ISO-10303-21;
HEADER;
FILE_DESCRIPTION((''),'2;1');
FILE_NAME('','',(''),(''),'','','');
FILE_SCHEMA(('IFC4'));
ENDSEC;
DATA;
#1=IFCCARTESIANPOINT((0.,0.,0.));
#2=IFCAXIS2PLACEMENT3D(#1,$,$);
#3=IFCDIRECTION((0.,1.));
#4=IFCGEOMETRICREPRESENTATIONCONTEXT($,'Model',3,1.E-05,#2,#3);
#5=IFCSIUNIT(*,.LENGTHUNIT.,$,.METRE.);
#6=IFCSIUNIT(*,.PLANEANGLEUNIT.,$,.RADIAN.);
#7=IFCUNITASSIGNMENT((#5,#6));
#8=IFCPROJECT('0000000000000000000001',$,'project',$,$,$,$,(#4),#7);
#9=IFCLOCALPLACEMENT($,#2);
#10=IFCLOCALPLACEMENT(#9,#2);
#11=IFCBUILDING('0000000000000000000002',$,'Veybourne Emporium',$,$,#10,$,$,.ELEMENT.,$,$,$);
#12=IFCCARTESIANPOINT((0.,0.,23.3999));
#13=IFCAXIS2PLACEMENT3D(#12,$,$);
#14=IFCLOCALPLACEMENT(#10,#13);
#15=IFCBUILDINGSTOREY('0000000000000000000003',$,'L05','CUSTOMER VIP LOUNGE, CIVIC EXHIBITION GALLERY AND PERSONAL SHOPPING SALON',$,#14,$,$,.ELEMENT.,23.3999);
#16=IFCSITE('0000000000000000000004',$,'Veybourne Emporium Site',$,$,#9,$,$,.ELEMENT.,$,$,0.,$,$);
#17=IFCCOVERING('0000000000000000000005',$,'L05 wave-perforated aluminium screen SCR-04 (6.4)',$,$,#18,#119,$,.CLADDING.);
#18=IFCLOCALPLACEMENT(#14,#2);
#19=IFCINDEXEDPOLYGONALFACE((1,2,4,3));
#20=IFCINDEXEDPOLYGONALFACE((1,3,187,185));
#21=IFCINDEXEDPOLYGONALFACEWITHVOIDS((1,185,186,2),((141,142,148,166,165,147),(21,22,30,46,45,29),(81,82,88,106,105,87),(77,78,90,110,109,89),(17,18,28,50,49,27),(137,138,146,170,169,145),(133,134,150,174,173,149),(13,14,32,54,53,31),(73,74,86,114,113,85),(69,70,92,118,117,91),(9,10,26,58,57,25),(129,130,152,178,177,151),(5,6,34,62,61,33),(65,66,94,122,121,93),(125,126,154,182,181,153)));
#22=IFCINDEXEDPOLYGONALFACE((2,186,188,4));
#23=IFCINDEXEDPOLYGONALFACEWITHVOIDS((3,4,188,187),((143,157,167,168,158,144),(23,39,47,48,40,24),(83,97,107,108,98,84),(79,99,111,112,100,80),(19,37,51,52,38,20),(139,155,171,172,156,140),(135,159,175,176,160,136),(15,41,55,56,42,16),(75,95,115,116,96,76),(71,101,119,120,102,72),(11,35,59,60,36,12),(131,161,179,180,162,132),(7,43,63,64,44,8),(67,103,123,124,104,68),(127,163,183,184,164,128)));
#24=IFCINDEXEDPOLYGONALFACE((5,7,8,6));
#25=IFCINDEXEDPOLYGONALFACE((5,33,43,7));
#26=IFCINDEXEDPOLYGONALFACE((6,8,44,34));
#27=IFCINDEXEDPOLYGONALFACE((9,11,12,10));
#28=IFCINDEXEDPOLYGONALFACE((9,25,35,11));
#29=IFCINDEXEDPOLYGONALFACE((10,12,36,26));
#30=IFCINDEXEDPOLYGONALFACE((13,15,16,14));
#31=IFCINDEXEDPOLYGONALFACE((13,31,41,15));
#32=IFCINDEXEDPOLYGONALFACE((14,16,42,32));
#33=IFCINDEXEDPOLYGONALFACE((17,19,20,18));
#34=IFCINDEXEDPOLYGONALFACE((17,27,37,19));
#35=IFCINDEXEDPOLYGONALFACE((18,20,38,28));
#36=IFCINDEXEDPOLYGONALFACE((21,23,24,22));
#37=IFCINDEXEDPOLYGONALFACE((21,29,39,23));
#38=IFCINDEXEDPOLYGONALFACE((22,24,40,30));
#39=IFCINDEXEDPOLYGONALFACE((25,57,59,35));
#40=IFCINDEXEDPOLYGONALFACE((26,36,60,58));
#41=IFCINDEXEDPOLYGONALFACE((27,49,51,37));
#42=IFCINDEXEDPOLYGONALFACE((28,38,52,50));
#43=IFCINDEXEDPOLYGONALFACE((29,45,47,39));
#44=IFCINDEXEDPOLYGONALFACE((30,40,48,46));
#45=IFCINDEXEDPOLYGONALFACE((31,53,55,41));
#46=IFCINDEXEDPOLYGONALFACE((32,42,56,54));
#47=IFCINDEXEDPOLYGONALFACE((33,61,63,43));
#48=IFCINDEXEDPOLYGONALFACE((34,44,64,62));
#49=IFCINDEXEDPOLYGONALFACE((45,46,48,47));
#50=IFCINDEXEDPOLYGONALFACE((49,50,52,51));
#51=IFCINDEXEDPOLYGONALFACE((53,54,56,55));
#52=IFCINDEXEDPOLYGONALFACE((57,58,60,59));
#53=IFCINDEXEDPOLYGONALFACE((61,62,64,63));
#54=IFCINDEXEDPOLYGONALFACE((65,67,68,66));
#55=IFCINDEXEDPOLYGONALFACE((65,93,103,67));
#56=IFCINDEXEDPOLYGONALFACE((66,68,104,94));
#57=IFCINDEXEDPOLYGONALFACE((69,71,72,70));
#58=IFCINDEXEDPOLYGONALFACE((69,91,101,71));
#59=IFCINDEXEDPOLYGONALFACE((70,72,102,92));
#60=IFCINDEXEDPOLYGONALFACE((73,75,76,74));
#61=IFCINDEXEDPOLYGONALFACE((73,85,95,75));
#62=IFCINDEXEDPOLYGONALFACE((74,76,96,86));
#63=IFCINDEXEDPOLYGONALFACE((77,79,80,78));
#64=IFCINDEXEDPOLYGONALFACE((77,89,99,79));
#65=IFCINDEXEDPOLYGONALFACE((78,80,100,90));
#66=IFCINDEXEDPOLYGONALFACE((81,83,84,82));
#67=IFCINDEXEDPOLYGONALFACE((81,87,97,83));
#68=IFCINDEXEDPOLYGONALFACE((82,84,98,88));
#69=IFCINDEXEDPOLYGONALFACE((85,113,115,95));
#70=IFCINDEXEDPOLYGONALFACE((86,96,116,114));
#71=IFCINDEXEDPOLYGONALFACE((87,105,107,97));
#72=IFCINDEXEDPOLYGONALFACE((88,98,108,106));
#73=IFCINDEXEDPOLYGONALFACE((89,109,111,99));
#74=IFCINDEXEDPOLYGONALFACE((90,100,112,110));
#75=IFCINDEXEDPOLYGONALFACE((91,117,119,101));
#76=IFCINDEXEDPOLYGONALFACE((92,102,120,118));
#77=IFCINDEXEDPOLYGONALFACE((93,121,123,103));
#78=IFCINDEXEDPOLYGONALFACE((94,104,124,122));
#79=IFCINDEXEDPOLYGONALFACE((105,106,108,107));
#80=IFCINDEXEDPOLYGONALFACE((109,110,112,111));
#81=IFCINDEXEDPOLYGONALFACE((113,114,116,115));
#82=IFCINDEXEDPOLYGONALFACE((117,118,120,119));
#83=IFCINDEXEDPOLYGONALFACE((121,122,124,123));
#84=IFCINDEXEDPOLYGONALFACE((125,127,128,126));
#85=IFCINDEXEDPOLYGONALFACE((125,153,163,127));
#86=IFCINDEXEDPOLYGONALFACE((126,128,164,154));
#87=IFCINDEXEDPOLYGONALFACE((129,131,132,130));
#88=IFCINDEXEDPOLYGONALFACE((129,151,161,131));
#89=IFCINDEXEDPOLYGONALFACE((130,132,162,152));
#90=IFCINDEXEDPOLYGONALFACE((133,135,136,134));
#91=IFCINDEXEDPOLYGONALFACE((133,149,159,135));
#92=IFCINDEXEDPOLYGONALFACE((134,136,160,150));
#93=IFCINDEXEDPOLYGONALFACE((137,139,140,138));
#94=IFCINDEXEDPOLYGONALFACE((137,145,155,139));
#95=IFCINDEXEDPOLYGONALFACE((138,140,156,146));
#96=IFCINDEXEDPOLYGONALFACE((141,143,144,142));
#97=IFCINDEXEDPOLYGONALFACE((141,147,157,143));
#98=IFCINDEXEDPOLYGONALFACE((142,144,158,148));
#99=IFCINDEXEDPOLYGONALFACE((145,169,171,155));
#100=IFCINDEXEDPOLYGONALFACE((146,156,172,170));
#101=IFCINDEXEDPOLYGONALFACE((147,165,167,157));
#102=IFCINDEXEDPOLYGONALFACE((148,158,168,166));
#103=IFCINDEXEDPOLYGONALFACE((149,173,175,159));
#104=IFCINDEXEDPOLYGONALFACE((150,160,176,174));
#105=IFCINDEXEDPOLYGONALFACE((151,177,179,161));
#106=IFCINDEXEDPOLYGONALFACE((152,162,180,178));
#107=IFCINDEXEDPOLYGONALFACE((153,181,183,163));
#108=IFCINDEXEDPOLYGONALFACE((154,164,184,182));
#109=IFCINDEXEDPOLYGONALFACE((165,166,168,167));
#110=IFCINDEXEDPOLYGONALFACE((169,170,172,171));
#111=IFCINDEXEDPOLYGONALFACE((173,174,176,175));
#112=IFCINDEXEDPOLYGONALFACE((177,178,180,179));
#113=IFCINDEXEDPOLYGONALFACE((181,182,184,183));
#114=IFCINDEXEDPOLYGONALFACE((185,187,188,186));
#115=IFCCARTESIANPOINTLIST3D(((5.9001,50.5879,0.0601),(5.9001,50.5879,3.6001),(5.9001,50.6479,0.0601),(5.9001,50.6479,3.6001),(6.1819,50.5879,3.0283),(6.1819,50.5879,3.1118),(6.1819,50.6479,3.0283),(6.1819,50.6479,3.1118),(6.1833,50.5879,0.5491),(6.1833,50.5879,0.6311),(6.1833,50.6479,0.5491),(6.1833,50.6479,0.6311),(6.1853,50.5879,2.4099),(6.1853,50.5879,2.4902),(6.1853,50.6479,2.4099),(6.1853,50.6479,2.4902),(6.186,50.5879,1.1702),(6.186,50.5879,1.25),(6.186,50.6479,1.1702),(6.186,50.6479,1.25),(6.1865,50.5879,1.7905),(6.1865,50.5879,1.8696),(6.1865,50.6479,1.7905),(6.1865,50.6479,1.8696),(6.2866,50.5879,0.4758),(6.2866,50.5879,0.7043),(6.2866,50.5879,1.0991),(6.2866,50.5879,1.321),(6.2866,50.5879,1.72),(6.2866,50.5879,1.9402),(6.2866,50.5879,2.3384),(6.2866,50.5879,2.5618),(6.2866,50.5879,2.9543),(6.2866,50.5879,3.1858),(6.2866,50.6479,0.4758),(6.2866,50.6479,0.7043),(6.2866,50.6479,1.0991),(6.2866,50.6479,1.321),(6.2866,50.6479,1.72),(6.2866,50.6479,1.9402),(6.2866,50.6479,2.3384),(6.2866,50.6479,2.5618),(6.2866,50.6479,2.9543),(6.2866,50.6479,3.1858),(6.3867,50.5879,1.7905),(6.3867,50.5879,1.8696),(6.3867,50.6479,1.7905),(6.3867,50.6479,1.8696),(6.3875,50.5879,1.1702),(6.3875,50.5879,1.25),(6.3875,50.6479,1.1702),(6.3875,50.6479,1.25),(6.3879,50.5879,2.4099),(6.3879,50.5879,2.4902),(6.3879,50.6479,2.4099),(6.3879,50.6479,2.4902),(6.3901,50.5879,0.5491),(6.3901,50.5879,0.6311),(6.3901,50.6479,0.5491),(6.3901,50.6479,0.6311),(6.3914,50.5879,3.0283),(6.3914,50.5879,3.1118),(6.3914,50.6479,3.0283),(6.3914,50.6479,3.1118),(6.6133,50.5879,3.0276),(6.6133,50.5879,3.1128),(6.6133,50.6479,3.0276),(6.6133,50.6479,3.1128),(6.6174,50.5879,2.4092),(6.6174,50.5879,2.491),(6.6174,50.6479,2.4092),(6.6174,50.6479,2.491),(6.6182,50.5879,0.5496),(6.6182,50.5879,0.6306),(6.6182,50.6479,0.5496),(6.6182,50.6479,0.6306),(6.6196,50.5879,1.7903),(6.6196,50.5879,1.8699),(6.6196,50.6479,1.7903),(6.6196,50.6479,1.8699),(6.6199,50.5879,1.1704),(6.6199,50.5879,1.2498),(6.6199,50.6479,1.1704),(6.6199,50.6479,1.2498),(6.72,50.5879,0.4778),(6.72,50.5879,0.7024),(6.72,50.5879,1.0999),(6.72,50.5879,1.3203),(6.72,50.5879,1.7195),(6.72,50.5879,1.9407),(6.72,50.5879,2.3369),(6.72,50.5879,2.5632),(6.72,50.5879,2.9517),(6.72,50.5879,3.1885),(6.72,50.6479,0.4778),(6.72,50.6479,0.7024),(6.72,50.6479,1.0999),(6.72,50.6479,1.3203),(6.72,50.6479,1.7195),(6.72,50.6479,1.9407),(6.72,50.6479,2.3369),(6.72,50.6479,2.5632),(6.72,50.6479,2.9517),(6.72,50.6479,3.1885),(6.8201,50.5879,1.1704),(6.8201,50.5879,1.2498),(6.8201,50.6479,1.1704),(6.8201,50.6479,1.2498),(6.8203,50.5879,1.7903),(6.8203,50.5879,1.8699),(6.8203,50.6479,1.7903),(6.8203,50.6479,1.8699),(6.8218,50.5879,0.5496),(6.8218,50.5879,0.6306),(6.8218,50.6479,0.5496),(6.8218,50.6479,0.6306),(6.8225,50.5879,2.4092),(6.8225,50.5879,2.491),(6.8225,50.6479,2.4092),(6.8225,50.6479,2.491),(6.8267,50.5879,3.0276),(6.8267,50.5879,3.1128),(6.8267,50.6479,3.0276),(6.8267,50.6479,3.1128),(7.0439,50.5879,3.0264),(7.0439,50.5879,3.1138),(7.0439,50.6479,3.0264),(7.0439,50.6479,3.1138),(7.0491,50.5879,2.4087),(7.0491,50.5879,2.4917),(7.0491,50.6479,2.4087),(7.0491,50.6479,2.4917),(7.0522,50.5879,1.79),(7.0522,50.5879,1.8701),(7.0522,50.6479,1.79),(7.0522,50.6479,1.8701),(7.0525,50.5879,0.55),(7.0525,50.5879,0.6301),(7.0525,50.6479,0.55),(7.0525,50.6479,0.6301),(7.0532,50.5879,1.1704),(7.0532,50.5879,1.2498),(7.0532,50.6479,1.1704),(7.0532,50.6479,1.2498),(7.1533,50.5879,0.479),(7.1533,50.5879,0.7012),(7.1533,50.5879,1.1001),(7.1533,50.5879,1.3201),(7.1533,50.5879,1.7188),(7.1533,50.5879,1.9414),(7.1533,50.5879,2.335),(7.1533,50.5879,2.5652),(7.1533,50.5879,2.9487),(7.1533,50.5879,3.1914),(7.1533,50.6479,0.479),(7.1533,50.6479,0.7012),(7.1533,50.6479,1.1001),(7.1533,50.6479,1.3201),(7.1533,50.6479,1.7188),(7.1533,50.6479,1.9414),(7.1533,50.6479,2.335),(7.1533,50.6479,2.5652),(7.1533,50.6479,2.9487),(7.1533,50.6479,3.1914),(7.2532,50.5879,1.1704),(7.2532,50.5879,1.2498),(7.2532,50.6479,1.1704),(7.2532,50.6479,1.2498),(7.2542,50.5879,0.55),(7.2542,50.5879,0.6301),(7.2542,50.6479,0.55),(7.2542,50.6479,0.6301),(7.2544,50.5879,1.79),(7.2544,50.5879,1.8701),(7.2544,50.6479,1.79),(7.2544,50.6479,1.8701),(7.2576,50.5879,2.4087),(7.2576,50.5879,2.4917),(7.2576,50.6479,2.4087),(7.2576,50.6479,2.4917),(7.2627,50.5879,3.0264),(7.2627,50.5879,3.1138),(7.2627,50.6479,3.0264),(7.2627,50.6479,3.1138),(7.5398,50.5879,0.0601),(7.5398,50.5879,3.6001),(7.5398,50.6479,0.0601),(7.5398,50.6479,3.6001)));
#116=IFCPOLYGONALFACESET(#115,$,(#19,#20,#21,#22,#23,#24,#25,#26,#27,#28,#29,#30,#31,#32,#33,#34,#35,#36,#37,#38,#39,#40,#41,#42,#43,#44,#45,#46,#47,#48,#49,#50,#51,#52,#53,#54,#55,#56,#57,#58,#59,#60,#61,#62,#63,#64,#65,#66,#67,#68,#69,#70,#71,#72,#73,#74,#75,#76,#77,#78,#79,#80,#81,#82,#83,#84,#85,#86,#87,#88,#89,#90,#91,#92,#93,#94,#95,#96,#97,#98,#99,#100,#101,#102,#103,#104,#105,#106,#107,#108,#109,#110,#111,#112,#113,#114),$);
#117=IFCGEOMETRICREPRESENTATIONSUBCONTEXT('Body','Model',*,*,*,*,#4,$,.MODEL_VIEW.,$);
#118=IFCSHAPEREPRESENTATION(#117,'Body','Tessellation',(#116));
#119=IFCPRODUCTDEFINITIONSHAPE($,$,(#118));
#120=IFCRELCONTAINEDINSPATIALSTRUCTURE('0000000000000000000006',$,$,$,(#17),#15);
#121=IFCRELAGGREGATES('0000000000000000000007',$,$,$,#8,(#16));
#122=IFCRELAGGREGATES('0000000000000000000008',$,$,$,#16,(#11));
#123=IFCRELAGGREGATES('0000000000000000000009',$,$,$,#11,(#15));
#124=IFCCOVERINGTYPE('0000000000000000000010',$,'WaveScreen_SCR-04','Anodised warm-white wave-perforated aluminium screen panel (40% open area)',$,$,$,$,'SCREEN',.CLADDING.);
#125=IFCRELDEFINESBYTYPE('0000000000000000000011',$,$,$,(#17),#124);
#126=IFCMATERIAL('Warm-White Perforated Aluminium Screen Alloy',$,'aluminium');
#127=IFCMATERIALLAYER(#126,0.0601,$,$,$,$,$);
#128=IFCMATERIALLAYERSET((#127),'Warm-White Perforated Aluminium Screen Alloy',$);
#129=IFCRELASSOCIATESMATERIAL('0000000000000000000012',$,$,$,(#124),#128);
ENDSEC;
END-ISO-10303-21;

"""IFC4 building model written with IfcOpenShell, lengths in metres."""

from ifc_helpers import new_model, si_unit, direction, frame, origin, place, context, subcontext, project, spatial, polyline, outline, extrude, material, layer, layer_set, type_object, element, save


model = new_model("IFC4")

# Units and contexts
model_context = context("Model", 3, precision=1e-05, world=origin(), true_north=direction((0.0, 1.0)))
body_context = subcontext(model_context, "Body", "Model", "MODEL_VIEW")
ifc_project = project(units=[si_unit("LENGTHUNIT", "METRE"), si_unit("PLANEANGLEUNIT", "RADIAN")], contexts=[model_context])

# Site, building, storey
site_placement = place(None, origin())
site = spatial("IfcSite", under=ifc_project, at=site_placement, Name="Veybourne Emporium Site", CompositionType="ELEMENT", RefElevation=0.0)
building_placement = place(site_placement, origin())
building = spatial("IfcBuilding", under=site, at=building_placement, Name="Veybourne Emporium", CompositionType="ELEMENT")
storey_placement = place(building_placement, frame((0.0, 0.0, 23.3999)))
storey = spatial("IfcBuildingStorey", under=building, at=storey_placement, Name="L05", Description="CUSTOMER VIP LOUNGE, CIVIC EXHIBITION GALLERY AND PERSONAL SHOPPING SALON", CompositionType="ELEMENT", Elevation=23.3999)

# Covering
ifc_material_1 = material(Name="Warm-White Perforated Aluminium Screen Alloy", Category="aluminium")
ifc_layer_1 = layer(ifc_material_1, 0.0601)
ifc_layer_set_1 = layer_set([ifc_layer_1], Name="Warm-White Perforated Aluminium Screen Alloy")
covering_type_1 = type_object("IfcCoveringType", Name="WaveScreen_SCR-04", Description="Anodised warm-white wave-perforated aluminium screen panel (40% open area)", ElementType="SCREEN", PredefinedType="CLADDING", material=ifc_layer_set_1)
covering_1_placement = place(storey_placement, frame((6.72, 50.6479, 1.8301), z_axis=(0.0, -1.0, 0.0), x_axis=(1.0, 0.0, 0.0)))
element("IfcCovering", 1, at=covering_1_placement, inside=storey, type_object=covering_type_1, Name="L05 wave-perforated aluminium screen SCR-04 (6.4)", PredefinedType="CLADDING", context=body_context, shape_type="SweptSolid", body=[
    extrude(outline(polyline([(-0.8198, -1.77), (0.8198, -1.77), (0.8198, 1.77), (-0.8198, 1.77), (-0.8198, -1.77)]), holes=[polyline([(-0.4333, -1.1257), (-0.3298, -1.199), (-0.3298, -1.281), (-0.4333, -1.3542), (-0.5366, -1.281), (-0.5366, -1.199), (-0.4333, -1.1257)]), polyline([(-0.4333, -0.509), (-0.3325, -0.5801), (-0.3325, -0.6599), (-0.4333, -0.731), (-0.5339, -0.6599), (-0.5339, -0.5801), (-0.4333, -0.509)]), polyline([(-0.4333, 0.1101), (-0.3333, 0.0396), (-0.3333, -0.0396), (-0.4333, -0.1101), (-0.5334, -0.0396), (-0.5334, 0.0396), (-0.4333, 0.1101)]), polyline([(-0.4333, 0.7317), (-0.332, 0.6602), (-0.332, 0.5798), (-0.4333, 0.5083), (-0.5347, 0.5798), (-0.5347, 0.6602), (-0.4333, 0.7317)]), polyline([(-0.4333, 1.3557), (-0.3286, 1.2817), (-0.3286, 1.1982), (-0.4333, 1.1243), (-0.5381, 1.1982), (-0.5381, 1.2817), (-0.4333, 1.3557)]), polyline([(0.0, -1.1277), (0.1018, -1.1995), (0.1018, -1.2805), (0.0, -1.3523), (-0.1018, -1.2805), (-0.1018, -1.1995), (0.0, -1.1277)]), polyline([(0.0, -0.5098), (0.1001, -0.5803), (0.1001, -0.6597), (0.0, -0.7302), (-0.1001, -0.6597), (-0.1001, -0.5803), (0.0, -0.5098)]), polyline([(0.0, 0.1106), (0.1003, 0.0398), (0.1003, -0.0398), (0.0, -0.1106), (-0.1003, -0.0398), (-0.1003, 0.0398), (0.0, 0.1106)]), polyline([(0.0, 0.7332), (0.1025, 0.6609), (0.1025, 0.5791), (0.0, 0.5068), (-0.1025, 0.5791), (-0.1025, 0.6609), (0.0, 0.7332)]), polyline([(0.0, 1.3584), (0.1067, 1.2827), (0.1067, 1.1975), (0.0, 1.1216), (-0.1067, 1.1975), (-0.1067, 1.2827), (0.0, 1.3584)]), polyline([(0.4333, -1.1289), (0.5342, -1.2), (0.5342, -1.28), (0.4333, -1.3511), (0.3325, -1.28), (0.3325, -1.2), (0.4333, -1.1289)]), polyline([(0.4333, -0.51), (0.5332, -0.5803), (0.5332, -0.6597), (0.4333, -0.73), (0.3333, -0.6597), (0.3333, -0.5803), (0.4333, -0.51)]), polyline([(0.4333, 0.1113), (0.5344, 0.04), (0.5344, -0.04), (0.4333, -0.1113), (0.3323, -0.04), (0.3323, 0.04), (0.4333, 0.1113)]), polyline([(0.4333, 0.7351), (0.5376, 0.6616), (0.5376, 0.5786), (0.4333, 0.5049), (0.3291, 0.5786), (0.3291, 0.6616), (0.4333, 0.7351)]), polyline([(0.4333, 1.3613), (0.5427, 1.2837), (0.5427, 1.1963), (0.4333, 1.1187), (0.324, 1.1963), (0.324, 1.2837), (0.4333, 1.3613)])]), origin(), (0.0, 0.0, 1.0), 0.0601),
])

save(model, "model.ifc")
